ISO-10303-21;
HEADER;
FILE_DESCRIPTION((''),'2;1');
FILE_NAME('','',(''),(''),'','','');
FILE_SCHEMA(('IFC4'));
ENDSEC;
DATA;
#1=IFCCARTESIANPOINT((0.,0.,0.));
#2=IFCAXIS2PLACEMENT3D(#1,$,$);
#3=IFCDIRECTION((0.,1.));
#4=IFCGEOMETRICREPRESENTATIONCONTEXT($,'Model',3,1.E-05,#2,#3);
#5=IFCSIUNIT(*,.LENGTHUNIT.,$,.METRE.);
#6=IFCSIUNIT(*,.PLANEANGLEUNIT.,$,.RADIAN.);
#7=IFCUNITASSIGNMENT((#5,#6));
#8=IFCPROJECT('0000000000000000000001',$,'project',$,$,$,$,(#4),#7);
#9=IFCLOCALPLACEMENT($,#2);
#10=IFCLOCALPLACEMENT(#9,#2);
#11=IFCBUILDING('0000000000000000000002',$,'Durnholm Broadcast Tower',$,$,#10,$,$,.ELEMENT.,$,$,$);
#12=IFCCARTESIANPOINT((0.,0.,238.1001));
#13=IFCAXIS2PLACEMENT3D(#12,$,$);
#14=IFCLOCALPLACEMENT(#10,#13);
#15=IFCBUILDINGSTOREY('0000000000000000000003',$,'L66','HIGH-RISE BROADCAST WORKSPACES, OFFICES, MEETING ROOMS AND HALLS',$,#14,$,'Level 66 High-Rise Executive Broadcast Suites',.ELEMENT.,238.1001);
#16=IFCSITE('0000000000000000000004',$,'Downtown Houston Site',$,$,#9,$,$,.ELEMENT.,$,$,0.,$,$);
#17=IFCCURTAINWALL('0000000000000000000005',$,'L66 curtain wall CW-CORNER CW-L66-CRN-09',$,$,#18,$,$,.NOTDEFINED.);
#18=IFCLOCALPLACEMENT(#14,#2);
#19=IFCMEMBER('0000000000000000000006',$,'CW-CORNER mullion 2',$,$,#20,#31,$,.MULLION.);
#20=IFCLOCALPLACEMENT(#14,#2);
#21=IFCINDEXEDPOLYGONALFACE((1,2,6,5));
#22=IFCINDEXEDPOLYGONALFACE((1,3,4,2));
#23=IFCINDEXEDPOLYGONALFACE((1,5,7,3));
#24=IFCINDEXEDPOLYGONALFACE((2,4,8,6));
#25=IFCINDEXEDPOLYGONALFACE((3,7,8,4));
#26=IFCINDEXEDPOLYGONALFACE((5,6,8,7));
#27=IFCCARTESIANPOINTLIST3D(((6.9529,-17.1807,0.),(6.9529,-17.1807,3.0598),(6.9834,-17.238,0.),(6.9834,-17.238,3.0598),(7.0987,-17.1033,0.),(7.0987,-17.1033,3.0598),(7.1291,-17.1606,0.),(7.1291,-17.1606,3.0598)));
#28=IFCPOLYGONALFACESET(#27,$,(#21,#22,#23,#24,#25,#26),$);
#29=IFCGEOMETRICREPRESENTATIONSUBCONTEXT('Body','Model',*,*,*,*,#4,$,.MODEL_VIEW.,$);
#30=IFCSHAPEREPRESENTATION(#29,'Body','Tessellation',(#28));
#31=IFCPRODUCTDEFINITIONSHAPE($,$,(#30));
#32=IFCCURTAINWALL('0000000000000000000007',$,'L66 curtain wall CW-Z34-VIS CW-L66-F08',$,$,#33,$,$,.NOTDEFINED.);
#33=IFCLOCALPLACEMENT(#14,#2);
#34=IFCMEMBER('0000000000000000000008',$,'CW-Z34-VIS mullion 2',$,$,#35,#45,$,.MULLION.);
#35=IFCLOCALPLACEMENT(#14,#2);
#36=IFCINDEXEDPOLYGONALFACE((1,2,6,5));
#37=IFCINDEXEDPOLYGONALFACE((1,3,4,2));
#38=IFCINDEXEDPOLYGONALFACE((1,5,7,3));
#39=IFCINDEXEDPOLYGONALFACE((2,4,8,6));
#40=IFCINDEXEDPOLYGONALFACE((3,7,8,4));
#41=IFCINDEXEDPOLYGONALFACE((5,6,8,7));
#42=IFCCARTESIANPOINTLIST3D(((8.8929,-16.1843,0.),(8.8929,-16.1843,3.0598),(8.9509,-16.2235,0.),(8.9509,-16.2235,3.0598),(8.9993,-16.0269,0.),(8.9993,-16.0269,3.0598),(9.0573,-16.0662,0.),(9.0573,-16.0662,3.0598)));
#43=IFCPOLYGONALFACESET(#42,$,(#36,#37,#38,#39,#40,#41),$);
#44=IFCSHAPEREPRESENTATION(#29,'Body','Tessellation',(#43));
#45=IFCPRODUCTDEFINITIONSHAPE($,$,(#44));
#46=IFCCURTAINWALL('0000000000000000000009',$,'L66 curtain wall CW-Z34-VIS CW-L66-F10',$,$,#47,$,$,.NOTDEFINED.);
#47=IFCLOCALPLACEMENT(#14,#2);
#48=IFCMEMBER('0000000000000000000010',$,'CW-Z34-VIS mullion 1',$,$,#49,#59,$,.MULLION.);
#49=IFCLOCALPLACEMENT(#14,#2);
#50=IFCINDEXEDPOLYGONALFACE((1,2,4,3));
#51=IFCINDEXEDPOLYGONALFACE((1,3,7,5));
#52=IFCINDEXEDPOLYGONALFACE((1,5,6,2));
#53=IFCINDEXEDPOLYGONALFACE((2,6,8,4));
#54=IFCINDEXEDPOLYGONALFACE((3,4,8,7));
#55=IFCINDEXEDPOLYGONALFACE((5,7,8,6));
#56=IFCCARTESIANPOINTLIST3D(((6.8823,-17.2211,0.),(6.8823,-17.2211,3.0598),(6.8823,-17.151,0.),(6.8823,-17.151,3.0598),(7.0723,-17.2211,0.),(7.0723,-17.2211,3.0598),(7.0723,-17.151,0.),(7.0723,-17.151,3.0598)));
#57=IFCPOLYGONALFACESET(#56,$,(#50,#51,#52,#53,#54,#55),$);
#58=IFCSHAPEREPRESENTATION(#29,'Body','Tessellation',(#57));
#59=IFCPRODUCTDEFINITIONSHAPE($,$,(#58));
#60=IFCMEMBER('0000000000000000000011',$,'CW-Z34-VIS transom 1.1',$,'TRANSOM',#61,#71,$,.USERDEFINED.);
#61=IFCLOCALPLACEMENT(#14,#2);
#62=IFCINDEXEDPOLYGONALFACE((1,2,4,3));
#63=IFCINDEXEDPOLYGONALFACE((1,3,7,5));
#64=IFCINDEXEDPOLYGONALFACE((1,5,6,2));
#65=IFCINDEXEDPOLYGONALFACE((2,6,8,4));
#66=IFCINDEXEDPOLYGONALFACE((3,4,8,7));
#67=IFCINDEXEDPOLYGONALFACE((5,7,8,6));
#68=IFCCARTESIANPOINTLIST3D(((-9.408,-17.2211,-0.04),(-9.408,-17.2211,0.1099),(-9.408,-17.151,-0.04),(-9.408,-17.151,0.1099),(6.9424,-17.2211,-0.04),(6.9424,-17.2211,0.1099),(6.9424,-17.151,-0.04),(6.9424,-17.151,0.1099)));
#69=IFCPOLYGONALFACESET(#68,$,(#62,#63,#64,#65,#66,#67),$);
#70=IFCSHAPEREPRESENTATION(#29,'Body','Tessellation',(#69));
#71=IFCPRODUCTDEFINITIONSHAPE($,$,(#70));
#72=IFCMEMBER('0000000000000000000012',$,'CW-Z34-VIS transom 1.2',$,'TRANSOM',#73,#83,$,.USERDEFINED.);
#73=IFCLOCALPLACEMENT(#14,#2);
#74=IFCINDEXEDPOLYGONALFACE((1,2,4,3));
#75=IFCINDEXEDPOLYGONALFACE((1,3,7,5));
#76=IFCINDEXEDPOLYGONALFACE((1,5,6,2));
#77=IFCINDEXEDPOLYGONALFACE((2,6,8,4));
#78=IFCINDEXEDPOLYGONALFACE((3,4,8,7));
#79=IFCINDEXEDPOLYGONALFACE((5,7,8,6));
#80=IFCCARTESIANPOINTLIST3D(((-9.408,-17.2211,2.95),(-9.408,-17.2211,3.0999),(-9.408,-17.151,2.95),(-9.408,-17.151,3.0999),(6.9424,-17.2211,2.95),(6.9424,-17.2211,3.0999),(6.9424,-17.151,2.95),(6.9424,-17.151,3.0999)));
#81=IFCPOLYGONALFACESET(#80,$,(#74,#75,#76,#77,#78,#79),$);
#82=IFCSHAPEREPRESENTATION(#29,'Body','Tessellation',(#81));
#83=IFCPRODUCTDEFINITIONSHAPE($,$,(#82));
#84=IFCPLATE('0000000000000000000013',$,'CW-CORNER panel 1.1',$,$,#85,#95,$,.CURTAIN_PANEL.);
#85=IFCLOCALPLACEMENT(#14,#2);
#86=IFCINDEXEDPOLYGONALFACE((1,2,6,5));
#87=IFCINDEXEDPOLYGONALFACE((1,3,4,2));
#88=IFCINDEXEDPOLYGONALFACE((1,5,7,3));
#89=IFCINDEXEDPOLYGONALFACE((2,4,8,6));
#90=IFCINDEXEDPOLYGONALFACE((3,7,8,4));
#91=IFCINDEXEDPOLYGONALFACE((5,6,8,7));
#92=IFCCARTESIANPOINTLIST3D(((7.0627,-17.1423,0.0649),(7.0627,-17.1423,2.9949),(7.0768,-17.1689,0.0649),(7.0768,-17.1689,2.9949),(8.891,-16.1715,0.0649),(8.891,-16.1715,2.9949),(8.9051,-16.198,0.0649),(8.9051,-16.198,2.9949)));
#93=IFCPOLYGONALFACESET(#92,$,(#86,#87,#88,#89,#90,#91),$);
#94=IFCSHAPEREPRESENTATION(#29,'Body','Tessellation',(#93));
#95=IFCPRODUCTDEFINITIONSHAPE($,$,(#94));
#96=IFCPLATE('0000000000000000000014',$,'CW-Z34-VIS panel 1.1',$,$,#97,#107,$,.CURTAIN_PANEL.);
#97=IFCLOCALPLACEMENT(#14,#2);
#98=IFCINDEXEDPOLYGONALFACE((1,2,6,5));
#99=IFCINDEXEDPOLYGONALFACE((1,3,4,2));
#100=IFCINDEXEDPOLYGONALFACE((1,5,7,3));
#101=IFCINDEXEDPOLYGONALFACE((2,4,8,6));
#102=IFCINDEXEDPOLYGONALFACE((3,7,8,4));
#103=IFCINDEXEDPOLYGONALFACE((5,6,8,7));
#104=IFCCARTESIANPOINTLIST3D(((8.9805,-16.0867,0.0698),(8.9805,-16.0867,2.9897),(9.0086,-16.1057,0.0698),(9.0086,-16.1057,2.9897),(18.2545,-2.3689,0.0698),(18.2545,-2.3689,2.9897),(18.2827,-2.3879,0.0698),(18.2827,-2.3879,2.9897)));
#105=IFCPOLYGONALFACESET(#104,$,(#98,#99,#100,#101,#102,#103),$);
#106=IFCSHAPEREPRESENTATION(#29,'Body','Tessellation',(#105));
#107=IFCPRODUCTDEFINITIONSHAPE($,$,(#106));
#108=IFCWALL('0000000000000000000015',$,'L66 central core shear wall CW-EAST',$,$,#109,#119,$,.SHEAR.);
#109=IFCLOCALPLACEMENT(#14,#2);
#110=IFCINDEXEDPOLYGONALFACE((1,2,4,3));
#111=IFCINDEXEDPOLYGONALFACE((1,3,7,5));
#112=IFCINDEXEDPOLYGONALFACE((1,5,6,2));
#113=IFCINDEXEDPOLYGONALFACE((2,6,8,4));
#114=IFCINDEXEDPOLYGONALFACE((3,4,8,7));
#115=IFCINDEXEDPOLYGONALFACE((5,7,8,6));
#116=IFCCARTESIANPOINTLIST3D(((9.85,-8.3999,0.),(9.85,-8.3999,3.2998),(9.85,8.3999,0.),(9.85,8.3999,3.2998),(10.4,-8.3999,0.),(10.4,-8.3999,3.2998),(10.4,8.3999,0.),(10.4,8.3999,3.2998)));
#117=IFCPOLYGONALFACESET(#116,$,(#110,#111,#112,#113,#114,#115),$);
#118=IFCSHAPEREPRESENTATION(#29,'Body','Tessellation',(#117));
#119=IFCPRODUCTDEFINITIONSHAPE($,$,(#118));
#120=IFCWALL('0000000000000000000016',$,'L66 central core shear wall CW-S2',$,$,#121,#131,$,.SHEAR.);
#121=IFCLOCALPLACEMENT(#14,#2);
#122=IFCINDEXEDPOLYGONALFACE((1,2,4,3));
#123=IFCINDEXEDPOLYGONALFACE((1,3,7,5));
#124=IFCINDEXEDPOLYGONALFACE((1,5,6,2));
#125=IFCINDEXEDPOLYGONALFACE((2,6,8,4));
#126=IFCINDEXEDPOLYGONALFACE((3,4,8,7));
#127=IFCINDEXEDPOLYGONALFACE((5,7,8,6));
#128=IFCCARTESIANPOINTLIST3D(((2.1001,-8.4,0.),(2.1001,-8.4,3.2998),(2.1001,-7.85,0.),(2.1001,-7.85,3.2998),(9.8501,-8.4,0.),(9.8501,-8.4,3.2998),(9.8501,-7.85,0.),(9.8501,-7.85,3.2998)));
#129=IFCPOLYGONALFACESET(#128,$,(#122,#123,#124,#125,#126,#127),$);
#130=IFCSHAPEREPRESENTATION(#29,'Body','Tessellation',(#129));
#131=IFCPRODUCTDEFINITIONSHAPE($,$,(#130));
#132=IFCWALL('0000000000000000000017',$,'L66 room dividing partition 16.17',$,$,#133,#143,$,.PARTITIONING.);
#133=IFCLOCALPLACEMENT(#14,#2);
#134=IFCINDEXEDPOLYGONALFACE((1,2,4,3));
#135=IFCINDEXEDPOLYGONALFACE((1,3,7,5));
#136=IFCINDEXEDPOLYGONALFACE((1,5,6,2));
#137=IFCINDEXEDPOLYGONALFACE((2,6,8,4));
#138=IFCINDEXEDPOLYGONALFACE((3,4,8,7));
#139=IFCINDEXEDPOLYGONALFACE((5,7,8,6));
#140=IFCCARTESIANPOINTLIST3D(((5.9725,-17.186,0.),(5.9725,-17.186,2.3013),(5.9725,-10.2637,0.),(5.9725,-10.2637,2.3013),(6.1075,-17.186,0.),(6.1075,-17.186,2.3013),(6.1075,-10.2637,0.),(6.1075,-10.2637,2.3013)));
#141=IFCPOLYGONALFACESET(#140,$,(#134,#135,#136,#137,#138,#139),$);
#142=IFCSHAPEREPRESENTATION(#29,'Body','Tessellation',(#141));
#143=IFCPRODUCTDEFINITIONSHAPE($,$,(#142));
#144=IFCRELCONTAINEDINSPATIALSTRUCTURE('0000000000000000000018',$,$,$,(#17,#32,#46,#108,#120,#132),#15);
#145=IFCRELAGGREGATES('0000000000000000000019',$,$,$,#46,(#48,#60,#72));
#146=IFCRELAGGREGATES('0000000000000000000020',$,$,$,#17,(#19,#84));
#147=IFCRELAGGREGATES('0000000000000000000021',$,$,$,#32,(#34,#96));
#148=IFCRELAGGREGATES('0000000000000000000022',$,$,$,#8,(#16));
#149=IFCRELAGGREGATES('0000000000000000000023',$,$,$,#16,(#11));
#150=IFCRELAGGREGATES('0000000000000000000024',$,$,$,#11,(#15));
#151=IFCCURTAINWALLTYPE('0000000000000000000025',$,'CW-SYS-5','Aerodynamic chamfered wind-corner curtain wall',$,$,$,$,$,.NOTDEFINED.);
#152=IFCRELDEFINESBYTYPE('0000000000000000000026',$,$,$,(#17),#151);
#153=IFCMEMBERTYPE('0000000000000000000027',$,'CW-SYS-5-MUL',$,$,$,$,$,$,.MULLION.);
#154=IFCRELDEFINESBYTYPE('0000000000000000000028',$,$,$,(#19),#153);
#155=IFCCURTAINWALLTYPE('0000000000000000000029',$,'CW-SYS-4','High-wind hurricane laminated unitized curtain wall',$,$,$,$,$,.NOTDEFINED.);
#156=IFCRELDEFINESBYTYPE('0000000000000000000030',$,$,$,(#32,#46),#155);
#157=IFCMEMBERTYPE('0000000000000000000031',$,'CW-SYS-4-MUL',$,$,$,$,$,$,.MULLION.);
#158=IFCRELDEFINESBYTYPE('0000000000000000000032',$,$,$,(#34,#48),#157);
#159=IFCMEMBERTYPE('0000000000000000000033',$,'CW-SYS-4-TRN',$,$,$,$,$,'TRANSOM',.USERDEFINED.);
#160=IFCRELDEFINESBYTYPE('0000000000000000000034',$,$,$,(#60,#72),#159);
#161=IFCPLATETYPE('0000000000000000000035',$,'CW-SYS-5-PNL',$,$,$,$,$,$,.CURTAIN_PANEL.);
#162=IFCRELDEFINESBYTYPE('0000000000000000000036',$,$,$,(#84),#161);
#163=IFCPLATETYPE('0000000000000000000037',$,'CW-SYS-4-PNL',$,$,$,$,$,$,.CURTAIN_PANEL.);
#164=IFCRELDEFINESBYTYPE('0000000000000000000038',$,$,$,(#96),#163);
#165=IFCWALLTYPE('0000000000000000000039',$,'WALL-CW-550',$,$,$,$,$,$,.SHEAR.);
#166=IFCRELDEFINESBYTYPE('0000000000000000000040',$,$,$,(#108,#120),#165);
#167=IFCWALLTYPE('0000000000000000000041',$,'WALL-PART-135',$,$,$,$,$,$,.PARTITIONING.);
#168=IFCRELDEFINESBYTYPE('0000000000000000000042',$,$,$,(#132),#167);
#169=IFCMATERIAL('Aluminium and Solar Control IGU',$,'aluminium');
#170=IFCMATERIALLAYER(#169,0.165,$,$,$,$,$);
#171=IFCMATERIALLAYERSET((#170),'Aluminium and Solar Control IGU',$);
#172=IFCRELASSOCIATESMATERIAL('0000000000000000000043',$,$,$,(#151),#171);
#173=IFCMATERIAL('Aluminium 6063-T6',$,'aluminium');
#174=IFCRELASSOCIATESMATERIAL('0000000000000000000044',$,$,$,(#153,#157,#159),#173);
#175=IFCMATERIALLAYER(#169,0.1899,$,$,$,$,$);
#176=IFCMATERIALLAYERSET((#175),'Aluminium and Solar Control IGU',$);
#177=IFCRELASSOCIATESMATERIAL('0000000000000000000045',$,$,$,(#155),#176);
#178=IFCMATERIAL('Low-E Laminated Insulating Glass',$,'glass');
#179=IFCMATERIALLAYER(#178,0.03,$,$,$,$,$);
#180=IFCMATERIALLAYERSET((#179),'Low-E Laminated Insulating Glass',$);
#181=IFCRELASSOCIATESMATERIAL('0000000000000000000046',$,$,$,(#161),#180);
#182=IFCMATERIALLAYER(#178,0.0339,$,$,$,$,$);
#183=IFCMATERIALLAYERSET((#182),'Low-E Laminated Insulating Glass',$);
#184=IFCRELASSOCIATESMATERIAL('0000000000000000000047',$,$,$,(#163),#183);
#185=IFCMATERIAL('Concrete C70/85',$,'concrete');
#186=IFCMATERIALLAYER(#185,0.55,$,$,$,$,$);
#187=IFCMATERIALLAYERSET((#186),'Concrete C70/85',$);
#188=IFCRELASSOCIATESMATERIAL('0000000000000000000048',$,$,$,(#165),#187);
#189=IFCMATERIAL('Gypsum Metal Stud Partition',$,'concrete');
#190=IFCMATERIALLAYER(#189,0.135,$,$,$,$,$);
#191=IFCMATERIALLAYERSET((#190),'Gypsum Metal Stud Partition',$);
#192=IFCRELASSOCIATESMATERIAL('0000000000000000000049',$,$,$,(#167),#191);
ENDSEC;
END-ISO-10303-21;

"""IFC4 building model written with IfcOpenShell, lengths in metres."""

from ifc_helpers import new_model, si_unit, direction, frame, frame_2d, origin, origin_2d, place, context, subcontext, project, spatial, rectangle, extrude, source, transform, mapped, material, layer, layer_set, material_profile, profile_set, type_object, type_shapes, element, aggregate, save


model = new_model("IFC4")

# Units and contexts
model_context = context("Model", 3, precision=1e-05, world=origin(), true_north=direction((0.0, 1.0)))
body_context = subcontext(model_context, "Body", "Model", "MODEL_VIEW")
ifc_project = project(units=[si_unit("LENGTHUNIT", "METRE"), si_unit("PLANEANGLEUNIT", "RADIAN")], contexts=[model_context])

# Site, building, storey
site_placement = place(None, origin())
site = spatial("IfcSite", under=ifc_project, at=site_placement, Name="Downtown Houston Site", CompositionType="ELEMENT", RefElevation=0.0)
building_placement = place(site_placement, origin())
building = spatial("IfcBuilding", under=site, at=building_placement, Name="Durnholm Broadcast Tower", CompositionType="ELEMENT")
storey_placement = place(building_placement, frame((0.0, 0.0, 238.1001)))
storey = spatial("IfcBuildingStorey", under=building, at=storey_placement, Name="L66", Description="HIGH-RISE BROADCAST WORKSPACES, OFFICES, MEETING ROOMS AND HALLS", LongName="Level 66 High-Rise Executive Broadcast Suites", CompositionType="ELEMENT", Elevation=238.1001)

# Shared definitions
ifc_material_1 = material(Name="Concrete C70/85", Category="concrete")

# Curtain wall, member
ifc_material_2 = material(Name="Aluminium and Solar Control IGU", Category="aluminium")
ifc_layer_1 = layer(ifc_material_2, 0.165)
ifc_layer_set_1 = layer_set([ifc_layer_1], Name="Aluminium and Solar Control IGU")
curtain_wall_type_1 = type_object("IfcCurtainWallType", Name="CW-SYS-5", Description="Aerodynamic chamfered wind-corner curtain wall", PredefinedType="NOTDEFINED", material=ifc_layer_set_1)
curtain_wall_1_placement = place(storey_placement, origin())
curtain_wall_1 = element("IfcCurtainWall", 1, at=curtain_wall_1_placement, inside=storey, type_object=curtain_wall_type_1, Name="L66 curtain wall CW-CORNER CW-L66-CRN-09", PredefinedType="NOTDEFINED")
ifc_material_3 = material(Name="Aluminium 6063-T6", Category="aluminium")
ifc_material_profile_1 = material_profile(ifc_material_3, rectangle(XDim=0.0649, YDim=0.165, at=origin_2d()), Name="CWM65X165")
ifc_profile_set_1 = profile_set([ifc_material_profile_1], Name="Aluminium 6063-T6")
member_type_1 = type_object("IfcMemberType", Name="CW-SYS-5-MUL", PredefinedType="MULLION", material=ifc_profile_set_1)
shared_shape_1 = source(origin(), body_context, "Body", "SweptSolid", [
    extrude(rectangle(XDim=0.0649, YDim=0.165, at=origin_2d()), origin(), (0.0, 0.0, 1.0), 3.0598),
])
type_shapes(member_type_1, [shared_shape_1])
member_1_placement = place(storey_placement, frame((7.041, -17.1707, 0.0), z_axis=(0.0, 0.0, 1.0), x_axis=(0.469007, -0.883195, 0.0)))
member_1 = element("IfcMember", 2, at=member_1_placement, type_object=member_type_1, Name="CW-CORNER mullion 2", PredefinedType="MULLION", context=body_context, shape_type="MappedRepresentation", body=[
    mapped(shared_shape_1, transform((0.0, 0.0, 0.0), x_axis=(1.0, 0.0, 0.0), y_axis=(0.0, 1.0, 0.0), z_axis=(0.0, 0.0, 1.0), scale=1.0)),
])

# Curtain wall, member
ifc_layer_2 = layer(ifc_material_2, 0.1899)
ifc_layer_set_2 = layer_set([ifc_layer_2], Name="Aluminium and Solar Control IGU")
curtain_wall_type_2 = type_object("IfcCurtainWallType", Name="CW-SYS-4", Description="High-wind hurricane laminated unitized curtain wall", PredefinedType="NOTDEFINED", material=ifc_layer_set_2)
curtain_wall_2_placement = place(storey_placement, origin())
curtain_wall_2 = element("IfcCurtainWall", 3, at=curtain_wall_2_placement, inside=storey, type_object=curtain_wall_type_2, Name="L66 curtain wall CW-Z34-VIS CW-L66-F08", PredefinedType="NOTDEFINED")
ifc_material_profile_2 = material_profile(ifc_material_3, rectangle(XDim=0.0701, YDim=0.1899, at=origin_2d()), Name="CWM70X190")
ifc_profile_set_2 = profile_set([ifc_material_profile_2], Name="Aluminium 6063-T6")
member_type_2 = type_object("IfcMemberType", Name="CW-SYS-4-MUL", PredefinedType="MULLION", material=ifc_profile_set_2)
shared_shape_2 = source(origin(), body_context, "Body", "SweptSolid", [
    extrude(rectangle(XDim=0.0701, YDim=0.1899, at=origin_2d()), origin(), (0.0, 0.0, 1.0), 3.0598),
])
type_shapes(member_type_2, [shared_shape_2])
member_2_placement = place(storey_placement, frame((8.9751, -16.1252, 0.0), z_axis=(0.0, 0.0, 1.0), x_axis=(0.828443, -0.560073, 0.0)))
member_2 = element("IfcMember", 4, at=member_2_placement, type_object=member_type_2, Name="CW-Z34-VIS mullion 2", PredefinedType="MULLION", context=body_context, shape_type="MappedRepresentation", body=[
    mapped(shared_shape_2, transform((0.0, 0.0, 0.0), x_axis=(1.0, 0.0, 0.0), y_axis=(0.0, 1.0, 0.0), z_axis=(0.0, 0.0, 1.0), scale=1.0)),
])

# Curtain wall, members
curtain_wall_3_placement = place(storey_placement, origin())
curtain_wall_3 = element("IfcCurtainWall", 5, at=curtain_wall_3_placement, inside=storey, type_object=curtain_wall_type_2, Name="L66 curtain wall CW-Z34-VIS CW-L66-F10", PredefinedType="NOTDEFINED")
member_3_placement = place(storey_placement, frame((6.9773, -17.186, 0.0), z_axis=(0.0, 0.0, 1.0), x_axis=(0.0, -1.0, 0.0)))
member_3 = element("IfcMember", 6, at=member_3_placement, type_object=member_type_2, Name="CW-Z34-VIS mullion 1", PredefinedType="MULLION", context=body_context, shape_type="MappedRepresentation", body=[
    mapped(shared_shape_2, transform((0.0, 0.0, 0.0), x_axis=(1.0, 0.0, 0.0), y_axis=(0.0, 1.0, 0.0), z_axis=(0.0, 0.0, 1.0), scale=1.0)),
])
ifc_material_profile_3 = material_profile(ifc_material_3, rectangle(XDim=0.0701, YDim=0.1499, at=origin_2d()), Name="CWT70X150")
ifc_profile_set_3 = profile_set([ifc_material_profile_3], Name="Aluminium 6063-T6")
member_type_3 = type_object("IfcMemberType", Name="CW-SYS-4-TRN", ElementType="TRANSOM", PredefinedType="USERDEFINED", material=ifc_profile_set_3)
shared_shape_3 = source(origin(), body_context, "Body", "SweptSolid", [
    extrude(rectangle(XDim=0.0701, YDim=0.1499, at=origin_2d()), origin(), (0.0, 0.0, 1.0), 16.3503),
])
type_shapes(member_type_3, [shared_shape_3])
member_4_placement = place(storey_placement, frame((6.9424, -17.186, 0.0349), z_axis=(-1.0, 0.0, 0.0), x_axis=(0.0, -1.0, 0.0)))
member_4 = element("IfcMember", 7, at=member_4_placement, type_object=member_type_3, Name="CW-Z34-VIS transom 1.1", ObjectType="TRANSOM", PredefinedType="USERDEFINED", context=body_context, shape_type="MappedRepresentation", body=[
    mapped(shared_shape_3, transform((0.0, 0.0, 0.0), x_axis=(1.0, 0.0, 0.0), y_axis=(0.0, 1.0, 0.0), z_axis=(0.0, 0.0, 1.0), scale=1.0)),
])
member_5_placement = place(storey_placement, frame((6.9424, -17.186, 3.0249), z_axis=(-1.0, 0.0, 0.0), x_axis=(0.0, -1.0, 0.0)))
member_5 = element("IfcMember", 8, at=member_5_placement, type_object=member_type_3, Name="CW-Z34-VIS transom 1.2", ObjectType="TRANSOM", PredefinedType="USERDEFINED", context=body_context, shape_type="MappedRepresentation", body=[
    mapped(shared_shape_3, transform((0.0, 0.0, 0.0), x_axis=(1.0, 0.0, 0.0), y_axis=(0.0, 1.0, 0.0), z_axis=(0.0, 0.0, 1.0), scale=1.0)),
])
aggregate(curtain_wall_3, [member_3, member_4, member_5])

# Plates
ifc_material_4 = material(Name="Low-E Laminated Insulating Glass", Category="glass")
ifc_layer_3 = layer(ifc_material_4, 0.03)
ifc_layer_set_3 = layer_set([ifc_layer_3], Name="Low-E Laminated Insulating Glass")
plate_type_1 = type_object("IfcPlateType", Name="CW-SYS-5-PNL", PredefinedType="CURTAIN_PANEL", material=ifc_layer_set_3)
shared_shape_4 = source(origin(), body_context, "Body", "SweptSolid", [
    extrude(rectangle(XDim=2.0701, YDim=0.03, at=origin_2d()), origin(), (0.0, 0.0, 1.0), 2.9299),
])
type_shapes(plate_type_1, [shared_shape_4])
plate_1_placement = place(storey_placement, frame((7.9839, -16.6702, 0.0649), z_axis=(0.0, 0.0, 1.0), x_axis=(-0.883195, -0.469007, 0.0)))
plate_1 = element("IfcPlate", 9, at=plate_1_placement, type_object=plate_type_1, Name="CW-CORNER panel 1.1", PredefinedType="CURTAIN_PANEL", context=body_context, shape_type="MappedRepresentation", body=[
    mapped(shared_shape_4, transform((0.0, 0.0, 0.0), x_axis=(1.0, 0.0, 0.0), y_axis=(0.0, 1.0, 0.0), z_axis=(0.0, 0.0, 1.0), scale=1.0)),
])
aggregate(curtain_wall_1, [member_1, plate_1])
ifc_layer_4 = layer(ifc_material_4, 0.0339)
ifc_layer_set_4 = layer_set([ifc_layer_4], Name="Low-E Laminated Insulating Glass")
plate_type_2 = type_object("IfcPlateType", Name="CW-SYS-4-PNL", PredefinedType="CURTAIN_PANEL", material=ifc_layer_set_4)
shared_shape_5 = source(origin(), body_context, "Body", "SweptSolid", [
    extrude(rectangle(XDim=16.5586, YDim=0.0339, at=origin_2d()), origin(), (0.0, 0.0, 1.0), 2.9199),
])
type_shapes(plate_type_2, [shared_shape_5])
plate_2_placement = place(storey_placement, frame((13.6316, -9.2373, 0.0698), z_axis=(0.0, 0.0, 1.0), x_axis=(-0.560073, -0.828443, 0.0)))
plate_2 = element("IfcPlate", 10, at=plate_2_placement, type_object=plate_type_2, Name="CW-Z34-VIS panel 1.1", PredefinedType="CURTAIN_PANEL", context=body_context, shape_type="MappedRepresentation", body=[
    mapped(shared_shape_5, transform((0.0, 0.0, 0.0), x_axis=(1.0, 0.0, 0.0), y_axis=(0.0, 1.0, 0.0), z_axis=(0.0, 0.0, 1.0), scale=1.0)),
])
aggregate(curtain_wall_2, [member_2, plate_2])

# Walls
ifc_layer_5 = layer(ifc_material_1, 0.55)
ifc_layer_set_5 = layer_set([ifc_layer_5], Name="Concrete C70/85")
wall_type_1 = type_object("IfcWallType", Name="WALL-CW-550", PredefinedType="SHEAR", material=ifc_layer_set_5)
wall_1_placement = place(storey_placement, frame((10.125, -8.3999, 0.0), z_axis=(0.0, 0.0, 1.0), x_axis=(0.0, 1.0, 0.0)))
element("IfcWall", 11, at=wall_1_placement, inside=storey, type_object=wall_type_1, Name="L66 central core shear wall CW-EAST", PredefinedType="SHEAR", context=body_context, shape_type="SweptSolid", body=[
    extrude(rectangle(XDim=16.7998, YDim=0.55, at=frame_2d((8.3999, 0.0))), origin(), (0.0, 0.0, 1.0), 3.2998),
])
wall_2_placement = place(storey_placement, frame((2.1001, -8.125, 0.0), z_axis=(0.0, 0.0, 1.0), x_axis=(1.0, 0.0, 0.0)))
element("IfcWall", 12, at=wall_2_placement, inside=storey, type_object=wall_type_1, Name="L66 central core shear wall CW-S2", PredefinedType="SHEAR", context=body_context, shape_type="SweptSolid", body=[
    extrude(rectangle(XDim=7.75, YDim=0.55, at=frame_2d((3.875, 0.0))), origin(), (0.0, 0.0, 1.0), 3.2998),
])
ifc_material_5 = material(Name="Gypsum Metal Stud Partition", Category="concrete")
ifc_layer_6 = layer(ifc_material_5, 0.135)
ifc_layer_set_6 = layer_set([ifc_layer_6], Name="Gypsum Metal Stud Partition")
wall_type_2 = type_object("IfcWallType", Name="WALL-PART-135", PredefinedType="PARTITIONING", material=ifc_layer_set_6)
wall_3_placement = place(storey_placement, frame((6.04, -10.2637, 0.0), z_axis=(0.0, 0.0, 1.0), x_axis=(0.0, -1.0, 0.0)))
element("IfcWall", 13, at=wall_3_placement, inside=storey, type_object=wall_type_2, Name="L66 room dividing partition 16.17", PredefinedType="PARTITIONING", context=body_context, shape_type="SweptSolid", body=[
    extrude(rectangle(XDim=6.9224, YDim=0.135, at=frame_2d((3.4612, 0.0))), origin(), (0.0, 0.0, 1.0), 2.3013),
])

save(model, "model.ifc")
